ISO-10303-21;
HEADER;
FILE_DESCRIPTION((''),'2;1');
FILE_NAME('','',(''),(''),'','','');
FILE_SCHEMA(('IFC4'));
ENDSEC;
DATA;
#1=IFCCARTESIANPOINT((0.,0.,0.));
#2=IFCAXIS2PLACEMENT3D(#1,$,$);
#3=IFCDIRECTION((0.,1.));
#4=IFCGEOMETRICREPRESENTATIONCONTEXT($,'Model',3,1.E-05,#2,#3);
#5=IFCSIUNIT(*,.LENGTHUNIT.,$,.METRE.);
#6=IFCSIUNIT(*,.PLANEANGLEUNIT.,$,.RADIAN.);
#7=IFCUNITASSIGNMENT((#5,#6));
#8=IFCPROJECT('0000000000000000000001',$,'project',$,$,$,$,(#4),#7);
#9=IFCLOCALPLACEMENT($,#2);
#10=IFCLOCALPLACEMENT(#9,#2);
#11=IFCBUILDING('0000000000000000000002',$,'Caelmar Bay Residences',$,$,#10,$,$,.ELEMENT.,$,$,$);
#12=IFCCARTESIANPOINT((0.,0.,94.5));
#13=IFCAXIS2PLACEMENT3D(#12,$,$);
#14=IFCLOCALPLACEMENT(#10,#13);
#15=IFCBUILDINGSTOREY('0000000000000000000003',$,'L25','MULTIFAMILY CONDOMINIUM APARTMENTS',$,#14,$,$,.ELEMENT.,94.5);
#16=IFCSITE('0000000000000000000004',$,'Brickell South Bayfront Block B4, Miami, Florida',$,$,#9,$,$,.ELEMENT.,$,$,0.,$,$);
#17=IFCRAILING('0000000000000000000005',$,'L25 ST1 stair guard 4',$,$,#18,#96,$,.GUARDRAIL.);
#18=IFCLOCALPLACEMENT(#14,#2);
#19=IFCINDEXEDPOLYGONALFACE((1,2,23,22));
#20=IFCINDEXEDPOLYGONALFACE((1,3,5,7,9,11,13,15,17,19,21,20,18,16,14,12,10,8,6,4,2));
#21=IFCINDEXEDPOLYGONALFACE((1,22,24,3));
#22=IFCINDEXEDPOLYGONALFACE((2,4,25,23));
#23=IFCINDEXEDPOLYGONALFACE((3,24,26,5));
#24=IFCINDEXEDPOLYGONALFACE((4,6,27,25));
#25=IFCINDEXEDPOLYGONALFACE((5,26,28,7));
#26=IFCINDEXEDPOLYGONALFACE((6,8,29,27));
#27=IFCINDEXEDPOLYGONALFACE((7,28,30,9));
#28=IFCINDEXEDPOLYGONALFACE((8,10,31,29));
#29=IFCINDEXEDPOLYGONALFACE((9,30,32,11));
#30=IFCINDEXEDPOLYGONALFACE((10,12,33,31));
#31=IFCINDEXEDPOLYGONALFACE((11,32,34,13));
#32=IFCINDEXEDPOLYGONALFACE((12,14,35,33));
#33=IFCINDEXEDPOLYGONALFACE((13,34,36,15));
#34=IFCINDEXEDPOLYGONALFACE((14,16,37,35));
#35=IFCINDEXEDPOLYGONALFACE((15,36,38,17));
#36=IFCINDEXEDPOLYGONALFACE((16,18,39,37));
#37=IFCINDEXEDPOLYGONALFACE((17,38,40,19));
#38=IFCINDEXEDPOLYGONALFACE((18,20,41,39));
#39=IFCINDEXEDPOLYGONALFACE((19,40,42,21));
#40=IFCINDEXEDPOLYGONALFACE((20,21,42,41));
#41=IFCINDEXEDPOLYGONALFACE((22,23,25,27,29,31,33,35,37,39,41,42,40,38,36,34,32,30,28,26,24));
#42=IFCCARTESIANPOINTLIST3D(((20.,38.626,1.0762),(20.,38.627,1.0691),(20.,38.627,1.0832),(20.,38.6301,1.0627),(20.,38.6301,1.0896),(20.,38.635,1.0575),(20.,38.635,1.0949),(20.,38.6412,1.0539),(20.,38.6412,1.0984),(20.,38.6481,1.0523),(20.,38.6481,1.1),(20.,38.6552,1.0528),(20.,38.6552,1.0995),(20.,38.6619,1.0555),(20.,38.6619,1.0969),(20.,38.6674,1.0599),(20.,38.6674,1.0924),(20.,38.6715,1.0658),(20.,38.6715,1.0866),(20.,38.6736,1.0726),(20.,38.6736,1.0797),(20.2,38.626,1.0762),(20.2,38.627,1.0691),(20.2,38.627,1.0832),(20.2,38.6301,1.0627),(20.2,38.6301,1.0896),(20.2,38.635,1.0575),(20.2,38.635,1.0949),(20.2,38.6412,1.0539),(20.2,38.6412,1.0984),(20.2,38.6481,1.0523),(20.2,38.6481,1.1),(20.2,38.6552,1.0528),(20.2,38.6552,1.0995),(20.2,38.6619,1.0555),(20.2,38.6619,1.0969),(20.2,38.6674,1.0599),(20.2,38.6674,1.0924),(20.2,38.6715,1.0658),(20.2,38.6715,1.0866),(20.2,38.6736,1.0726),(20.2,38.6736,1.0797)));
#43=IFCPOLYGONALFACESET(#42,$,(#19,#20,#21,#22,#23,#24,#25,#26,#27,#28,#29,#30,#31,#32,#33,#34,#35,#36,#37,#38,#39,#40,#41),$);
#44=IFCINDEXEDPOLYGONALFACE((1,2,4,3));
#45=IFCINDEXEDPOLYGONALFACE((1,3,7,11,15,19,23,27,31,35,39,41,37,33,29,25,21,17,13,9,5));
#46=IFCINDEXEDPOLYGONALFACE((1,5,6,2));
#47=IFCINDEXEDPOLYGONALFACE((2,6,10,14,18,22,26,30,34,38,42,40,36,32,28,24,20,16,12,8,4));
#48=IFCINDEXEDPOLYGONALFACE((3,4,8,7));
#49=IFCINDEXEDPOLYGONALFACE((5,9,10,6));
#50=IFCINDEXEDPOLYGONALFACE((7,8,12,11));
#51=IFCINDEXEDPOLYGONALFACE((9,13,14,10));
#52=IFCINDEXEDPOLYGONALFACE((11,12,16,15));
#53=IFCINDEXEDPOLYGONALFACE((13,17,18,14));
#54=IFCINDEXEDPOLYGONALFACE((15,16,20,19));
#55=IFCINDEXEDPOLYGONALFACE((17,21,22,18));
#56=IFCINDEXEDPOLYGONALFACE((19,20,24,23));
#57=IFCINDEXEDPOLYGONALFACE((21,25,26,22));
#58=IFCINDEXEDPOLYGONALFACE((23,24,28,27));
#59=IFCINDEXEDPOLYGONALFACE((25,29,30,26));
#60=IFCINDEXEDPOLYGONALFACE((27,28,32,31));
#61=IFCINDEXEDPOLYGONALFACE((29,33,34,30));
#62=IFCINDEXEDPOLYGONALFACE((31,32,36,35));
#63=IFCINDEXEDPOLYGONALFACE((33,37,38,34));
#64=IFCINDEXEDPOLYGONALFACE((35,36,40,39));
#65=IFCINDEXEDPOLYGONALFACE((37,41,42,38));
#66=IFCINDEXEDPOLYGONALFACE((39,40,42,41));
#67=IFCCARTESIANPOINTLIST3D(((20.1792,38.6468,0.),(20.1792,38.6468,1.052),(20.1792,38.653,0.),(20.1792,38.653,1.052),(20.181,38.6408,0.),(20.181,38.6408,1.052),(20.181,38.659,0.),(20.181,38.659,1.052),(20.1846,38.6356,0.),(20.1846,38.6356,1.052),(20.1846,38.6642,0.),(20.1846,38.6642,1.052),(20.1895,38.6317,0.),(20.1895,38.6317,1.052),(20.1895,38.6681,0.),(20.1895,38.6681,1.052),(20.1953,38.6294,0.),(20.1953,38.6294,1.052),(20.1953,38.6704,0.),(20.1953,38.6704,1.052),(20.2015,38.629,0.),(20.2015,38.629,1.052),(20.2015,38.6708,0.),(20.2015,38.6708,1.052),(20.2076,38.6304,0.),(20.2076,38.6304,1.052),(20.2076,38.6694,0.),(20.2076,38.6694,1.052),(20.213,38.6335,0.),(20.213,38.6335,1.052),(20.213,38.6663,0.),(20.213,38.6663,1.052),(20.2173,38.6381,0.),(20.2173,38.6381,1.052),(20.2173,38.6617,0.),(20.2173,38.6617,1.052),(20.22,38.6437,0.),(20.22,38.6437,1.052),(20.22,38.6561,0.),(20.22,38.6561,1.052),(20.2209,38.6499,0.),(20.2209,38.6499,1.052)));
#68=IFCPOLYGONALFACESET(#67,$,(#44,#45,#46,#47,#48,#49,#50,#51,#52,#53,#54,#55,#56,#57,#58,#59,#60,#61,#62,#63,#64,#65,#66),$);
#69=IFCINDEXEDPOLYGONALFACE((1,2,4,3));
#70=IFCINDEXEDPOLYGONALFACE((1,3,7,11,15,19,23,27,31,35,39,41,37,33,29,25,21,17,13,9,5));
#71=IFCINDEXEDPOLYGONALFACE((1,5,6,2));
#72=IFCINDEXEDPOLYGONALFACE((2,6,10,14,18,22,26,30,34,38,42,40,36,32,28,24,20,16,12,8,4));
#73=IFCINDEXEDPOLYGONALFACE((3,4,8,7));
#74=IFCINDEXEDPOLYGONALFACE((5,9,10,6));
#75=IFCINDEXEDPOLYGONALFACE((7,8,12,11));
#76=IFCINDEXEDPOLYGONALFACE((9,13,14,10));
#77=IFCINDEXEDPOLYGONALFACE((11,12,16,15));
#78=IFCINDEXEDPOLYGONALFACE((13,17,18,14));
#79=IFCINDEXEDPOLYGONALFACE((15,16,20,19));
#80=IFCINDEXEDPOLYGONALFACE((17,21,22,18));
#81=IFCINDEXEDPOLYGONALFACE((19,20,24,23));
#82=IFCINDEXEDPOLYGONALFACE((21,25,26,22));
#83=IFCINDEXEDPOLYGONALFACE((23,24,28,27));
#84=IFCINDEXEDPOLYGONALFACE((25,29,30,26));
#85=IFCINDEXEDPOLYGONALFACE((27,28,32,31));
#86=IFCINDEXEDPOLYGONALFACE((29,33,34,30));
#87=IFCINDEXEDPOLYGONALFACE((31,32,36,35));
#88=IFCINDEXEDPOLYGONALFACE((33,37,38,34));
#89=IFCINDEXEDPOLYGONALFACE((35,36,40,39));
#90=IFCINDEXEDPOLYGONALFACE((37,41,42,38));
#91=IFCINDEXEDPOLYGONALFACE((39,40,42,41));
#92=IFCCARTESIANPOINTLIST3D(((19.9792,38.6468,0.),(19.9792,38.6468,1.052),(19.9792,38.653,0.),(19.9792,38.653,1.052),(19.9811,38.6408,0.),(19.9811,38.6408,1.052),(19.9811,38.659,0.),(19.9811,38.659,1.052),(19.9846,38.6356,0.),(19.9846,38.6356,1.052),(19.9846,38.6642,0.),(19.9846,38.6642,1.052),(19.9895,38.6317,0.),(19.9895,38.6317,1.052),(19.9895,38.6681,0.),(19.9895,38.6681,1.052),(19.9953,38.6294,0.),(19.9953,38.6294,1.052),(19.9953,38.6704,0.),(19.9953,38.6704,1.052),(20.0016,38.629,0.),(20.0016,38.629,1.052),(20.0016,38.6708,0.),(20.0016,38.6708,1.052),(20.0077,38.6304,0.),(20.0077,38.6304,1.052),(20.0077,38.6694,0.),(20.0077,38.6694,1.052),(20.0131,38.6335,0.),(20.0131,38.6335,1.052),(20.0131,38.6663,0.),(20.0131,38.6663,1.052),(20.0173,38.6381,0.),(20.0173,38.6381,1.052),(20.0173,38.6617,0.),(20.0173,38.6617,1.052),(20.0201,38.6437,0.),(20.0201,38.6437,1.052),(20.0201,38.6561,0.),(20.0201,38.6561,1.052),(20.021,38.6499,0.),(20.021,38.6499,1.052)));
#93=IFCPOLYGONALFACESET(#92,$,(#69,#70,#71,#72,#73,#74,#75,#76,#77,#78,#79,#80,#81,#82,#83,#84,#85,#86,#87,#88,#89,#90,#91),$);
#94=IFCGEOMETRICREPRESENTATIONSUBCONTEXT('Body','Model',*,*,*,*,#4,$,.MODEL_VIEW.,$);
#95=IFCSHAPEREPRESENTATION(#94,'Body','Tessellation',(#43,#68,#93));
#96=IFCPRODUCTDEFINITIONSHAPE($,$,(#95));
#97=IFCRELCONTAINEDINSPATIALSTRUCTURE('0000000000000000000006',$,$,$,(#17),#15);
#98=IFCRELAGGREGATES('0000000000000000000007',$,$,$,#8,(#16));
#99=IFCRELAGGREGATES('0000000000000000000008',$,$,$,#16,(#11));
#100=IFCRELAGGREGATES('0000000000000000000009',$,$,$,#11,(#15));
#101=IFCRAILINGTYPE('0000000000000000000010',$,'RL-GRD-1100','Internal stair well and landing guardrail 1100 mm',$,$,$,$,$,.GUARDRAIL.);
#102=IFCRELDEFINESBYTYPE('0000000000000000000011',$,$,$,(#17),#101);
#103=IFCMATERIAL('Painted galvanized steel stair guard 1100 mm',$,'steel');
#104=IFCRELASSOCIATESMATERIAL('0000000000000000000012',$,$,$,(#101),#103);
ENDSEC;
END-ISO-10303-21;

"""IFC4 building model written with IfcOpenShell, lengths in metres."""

from ifc_helpers import new_model, si_unit, direction, frame, origin, origin_2d, place, context, subcontext, project, spatial, circle, extrude, material, type_object, element, save


model = new_model("IFC4")

# Units and contexts
model_context = context("Model", 3, precision=1e-05, world=origin(), true_north=direction((0.0, 1.0)))
body_context = subcontext(model_context, "Body", "Model", "MODEL_VIEW")
ifc_project = project(units=[si_unit("LENGTHUNIT", "METRE"), si_unit("PLANEANGLEUNIT", "RADIAN")], contexts=[model_context])

# Site, building, storey
site_placement = place(None, origin())
site = spatial("IfcSite", under=ifc_project, at=site_placement, Name="Brickell South Bayfront Block B4, Miami, Florida", CompositionType="ELEMENT", RefElevation=0.0)
building_placement = place(site_placement, origin())
building = spatial("IfcBuilding", under=site, at=building_placement, Name="Caelmar Bay Residences", CompositionType="ELEMENT")
storey_placement = place(building_placement, frame((0.0, 0.0, 94.5)))
storey = spatial("IfcBuildingStorey", under=building, at=storey_placement, Name="L25", Description="MULTIFAMILY CONDOMINIUM APARTMENTS", CompositionType="ELEMENT", Elevation=94.5)

# Railing
ifc_material_1 = material(Name="Painted galvanized steel stair guard 1100 mm", Category="steel")
railing_type_1 = type_object("IfcRailingType", Name="RL-GRD-1100", Description="Internal stair well and landing guardrail 1100 mm", PredefinedType="GUARDRAIL", material=ifc_material_1)
railing_1_placement = place(storey_placement, frame((20.2, 38.6499, 0.0)))
element("IfcRailing", 1, at=railing_1_placement, inside=storey, type_object=railing_type_1, Name="L25 ST1 stair guard 4", PredefinedType="GUARDRAIL", context=body_context, shape_type="SweptSolid", body=[
    extrude(circle(Radius=0.0239, at=origin_2d()), frame((0.0, 0.0, 1.0762), z_axis=(-1.0, 0.0, 0.0), x_axis=(0.0, -1.0, 0.0)), (0.0, 0.0, 1.0), 0.2),
    extrude(circle(Radius=0.021, at=origin_2d()), origin(), (0.0, 0.0, 1.0), 1.052),
    extrude(circle(Radius=0.021, at=origin_2d()), frame((-0.2, 0.0, 0.0)), (0.0, 0.0, 1.0), 1.052),
])

save(model, "model.ifc")
